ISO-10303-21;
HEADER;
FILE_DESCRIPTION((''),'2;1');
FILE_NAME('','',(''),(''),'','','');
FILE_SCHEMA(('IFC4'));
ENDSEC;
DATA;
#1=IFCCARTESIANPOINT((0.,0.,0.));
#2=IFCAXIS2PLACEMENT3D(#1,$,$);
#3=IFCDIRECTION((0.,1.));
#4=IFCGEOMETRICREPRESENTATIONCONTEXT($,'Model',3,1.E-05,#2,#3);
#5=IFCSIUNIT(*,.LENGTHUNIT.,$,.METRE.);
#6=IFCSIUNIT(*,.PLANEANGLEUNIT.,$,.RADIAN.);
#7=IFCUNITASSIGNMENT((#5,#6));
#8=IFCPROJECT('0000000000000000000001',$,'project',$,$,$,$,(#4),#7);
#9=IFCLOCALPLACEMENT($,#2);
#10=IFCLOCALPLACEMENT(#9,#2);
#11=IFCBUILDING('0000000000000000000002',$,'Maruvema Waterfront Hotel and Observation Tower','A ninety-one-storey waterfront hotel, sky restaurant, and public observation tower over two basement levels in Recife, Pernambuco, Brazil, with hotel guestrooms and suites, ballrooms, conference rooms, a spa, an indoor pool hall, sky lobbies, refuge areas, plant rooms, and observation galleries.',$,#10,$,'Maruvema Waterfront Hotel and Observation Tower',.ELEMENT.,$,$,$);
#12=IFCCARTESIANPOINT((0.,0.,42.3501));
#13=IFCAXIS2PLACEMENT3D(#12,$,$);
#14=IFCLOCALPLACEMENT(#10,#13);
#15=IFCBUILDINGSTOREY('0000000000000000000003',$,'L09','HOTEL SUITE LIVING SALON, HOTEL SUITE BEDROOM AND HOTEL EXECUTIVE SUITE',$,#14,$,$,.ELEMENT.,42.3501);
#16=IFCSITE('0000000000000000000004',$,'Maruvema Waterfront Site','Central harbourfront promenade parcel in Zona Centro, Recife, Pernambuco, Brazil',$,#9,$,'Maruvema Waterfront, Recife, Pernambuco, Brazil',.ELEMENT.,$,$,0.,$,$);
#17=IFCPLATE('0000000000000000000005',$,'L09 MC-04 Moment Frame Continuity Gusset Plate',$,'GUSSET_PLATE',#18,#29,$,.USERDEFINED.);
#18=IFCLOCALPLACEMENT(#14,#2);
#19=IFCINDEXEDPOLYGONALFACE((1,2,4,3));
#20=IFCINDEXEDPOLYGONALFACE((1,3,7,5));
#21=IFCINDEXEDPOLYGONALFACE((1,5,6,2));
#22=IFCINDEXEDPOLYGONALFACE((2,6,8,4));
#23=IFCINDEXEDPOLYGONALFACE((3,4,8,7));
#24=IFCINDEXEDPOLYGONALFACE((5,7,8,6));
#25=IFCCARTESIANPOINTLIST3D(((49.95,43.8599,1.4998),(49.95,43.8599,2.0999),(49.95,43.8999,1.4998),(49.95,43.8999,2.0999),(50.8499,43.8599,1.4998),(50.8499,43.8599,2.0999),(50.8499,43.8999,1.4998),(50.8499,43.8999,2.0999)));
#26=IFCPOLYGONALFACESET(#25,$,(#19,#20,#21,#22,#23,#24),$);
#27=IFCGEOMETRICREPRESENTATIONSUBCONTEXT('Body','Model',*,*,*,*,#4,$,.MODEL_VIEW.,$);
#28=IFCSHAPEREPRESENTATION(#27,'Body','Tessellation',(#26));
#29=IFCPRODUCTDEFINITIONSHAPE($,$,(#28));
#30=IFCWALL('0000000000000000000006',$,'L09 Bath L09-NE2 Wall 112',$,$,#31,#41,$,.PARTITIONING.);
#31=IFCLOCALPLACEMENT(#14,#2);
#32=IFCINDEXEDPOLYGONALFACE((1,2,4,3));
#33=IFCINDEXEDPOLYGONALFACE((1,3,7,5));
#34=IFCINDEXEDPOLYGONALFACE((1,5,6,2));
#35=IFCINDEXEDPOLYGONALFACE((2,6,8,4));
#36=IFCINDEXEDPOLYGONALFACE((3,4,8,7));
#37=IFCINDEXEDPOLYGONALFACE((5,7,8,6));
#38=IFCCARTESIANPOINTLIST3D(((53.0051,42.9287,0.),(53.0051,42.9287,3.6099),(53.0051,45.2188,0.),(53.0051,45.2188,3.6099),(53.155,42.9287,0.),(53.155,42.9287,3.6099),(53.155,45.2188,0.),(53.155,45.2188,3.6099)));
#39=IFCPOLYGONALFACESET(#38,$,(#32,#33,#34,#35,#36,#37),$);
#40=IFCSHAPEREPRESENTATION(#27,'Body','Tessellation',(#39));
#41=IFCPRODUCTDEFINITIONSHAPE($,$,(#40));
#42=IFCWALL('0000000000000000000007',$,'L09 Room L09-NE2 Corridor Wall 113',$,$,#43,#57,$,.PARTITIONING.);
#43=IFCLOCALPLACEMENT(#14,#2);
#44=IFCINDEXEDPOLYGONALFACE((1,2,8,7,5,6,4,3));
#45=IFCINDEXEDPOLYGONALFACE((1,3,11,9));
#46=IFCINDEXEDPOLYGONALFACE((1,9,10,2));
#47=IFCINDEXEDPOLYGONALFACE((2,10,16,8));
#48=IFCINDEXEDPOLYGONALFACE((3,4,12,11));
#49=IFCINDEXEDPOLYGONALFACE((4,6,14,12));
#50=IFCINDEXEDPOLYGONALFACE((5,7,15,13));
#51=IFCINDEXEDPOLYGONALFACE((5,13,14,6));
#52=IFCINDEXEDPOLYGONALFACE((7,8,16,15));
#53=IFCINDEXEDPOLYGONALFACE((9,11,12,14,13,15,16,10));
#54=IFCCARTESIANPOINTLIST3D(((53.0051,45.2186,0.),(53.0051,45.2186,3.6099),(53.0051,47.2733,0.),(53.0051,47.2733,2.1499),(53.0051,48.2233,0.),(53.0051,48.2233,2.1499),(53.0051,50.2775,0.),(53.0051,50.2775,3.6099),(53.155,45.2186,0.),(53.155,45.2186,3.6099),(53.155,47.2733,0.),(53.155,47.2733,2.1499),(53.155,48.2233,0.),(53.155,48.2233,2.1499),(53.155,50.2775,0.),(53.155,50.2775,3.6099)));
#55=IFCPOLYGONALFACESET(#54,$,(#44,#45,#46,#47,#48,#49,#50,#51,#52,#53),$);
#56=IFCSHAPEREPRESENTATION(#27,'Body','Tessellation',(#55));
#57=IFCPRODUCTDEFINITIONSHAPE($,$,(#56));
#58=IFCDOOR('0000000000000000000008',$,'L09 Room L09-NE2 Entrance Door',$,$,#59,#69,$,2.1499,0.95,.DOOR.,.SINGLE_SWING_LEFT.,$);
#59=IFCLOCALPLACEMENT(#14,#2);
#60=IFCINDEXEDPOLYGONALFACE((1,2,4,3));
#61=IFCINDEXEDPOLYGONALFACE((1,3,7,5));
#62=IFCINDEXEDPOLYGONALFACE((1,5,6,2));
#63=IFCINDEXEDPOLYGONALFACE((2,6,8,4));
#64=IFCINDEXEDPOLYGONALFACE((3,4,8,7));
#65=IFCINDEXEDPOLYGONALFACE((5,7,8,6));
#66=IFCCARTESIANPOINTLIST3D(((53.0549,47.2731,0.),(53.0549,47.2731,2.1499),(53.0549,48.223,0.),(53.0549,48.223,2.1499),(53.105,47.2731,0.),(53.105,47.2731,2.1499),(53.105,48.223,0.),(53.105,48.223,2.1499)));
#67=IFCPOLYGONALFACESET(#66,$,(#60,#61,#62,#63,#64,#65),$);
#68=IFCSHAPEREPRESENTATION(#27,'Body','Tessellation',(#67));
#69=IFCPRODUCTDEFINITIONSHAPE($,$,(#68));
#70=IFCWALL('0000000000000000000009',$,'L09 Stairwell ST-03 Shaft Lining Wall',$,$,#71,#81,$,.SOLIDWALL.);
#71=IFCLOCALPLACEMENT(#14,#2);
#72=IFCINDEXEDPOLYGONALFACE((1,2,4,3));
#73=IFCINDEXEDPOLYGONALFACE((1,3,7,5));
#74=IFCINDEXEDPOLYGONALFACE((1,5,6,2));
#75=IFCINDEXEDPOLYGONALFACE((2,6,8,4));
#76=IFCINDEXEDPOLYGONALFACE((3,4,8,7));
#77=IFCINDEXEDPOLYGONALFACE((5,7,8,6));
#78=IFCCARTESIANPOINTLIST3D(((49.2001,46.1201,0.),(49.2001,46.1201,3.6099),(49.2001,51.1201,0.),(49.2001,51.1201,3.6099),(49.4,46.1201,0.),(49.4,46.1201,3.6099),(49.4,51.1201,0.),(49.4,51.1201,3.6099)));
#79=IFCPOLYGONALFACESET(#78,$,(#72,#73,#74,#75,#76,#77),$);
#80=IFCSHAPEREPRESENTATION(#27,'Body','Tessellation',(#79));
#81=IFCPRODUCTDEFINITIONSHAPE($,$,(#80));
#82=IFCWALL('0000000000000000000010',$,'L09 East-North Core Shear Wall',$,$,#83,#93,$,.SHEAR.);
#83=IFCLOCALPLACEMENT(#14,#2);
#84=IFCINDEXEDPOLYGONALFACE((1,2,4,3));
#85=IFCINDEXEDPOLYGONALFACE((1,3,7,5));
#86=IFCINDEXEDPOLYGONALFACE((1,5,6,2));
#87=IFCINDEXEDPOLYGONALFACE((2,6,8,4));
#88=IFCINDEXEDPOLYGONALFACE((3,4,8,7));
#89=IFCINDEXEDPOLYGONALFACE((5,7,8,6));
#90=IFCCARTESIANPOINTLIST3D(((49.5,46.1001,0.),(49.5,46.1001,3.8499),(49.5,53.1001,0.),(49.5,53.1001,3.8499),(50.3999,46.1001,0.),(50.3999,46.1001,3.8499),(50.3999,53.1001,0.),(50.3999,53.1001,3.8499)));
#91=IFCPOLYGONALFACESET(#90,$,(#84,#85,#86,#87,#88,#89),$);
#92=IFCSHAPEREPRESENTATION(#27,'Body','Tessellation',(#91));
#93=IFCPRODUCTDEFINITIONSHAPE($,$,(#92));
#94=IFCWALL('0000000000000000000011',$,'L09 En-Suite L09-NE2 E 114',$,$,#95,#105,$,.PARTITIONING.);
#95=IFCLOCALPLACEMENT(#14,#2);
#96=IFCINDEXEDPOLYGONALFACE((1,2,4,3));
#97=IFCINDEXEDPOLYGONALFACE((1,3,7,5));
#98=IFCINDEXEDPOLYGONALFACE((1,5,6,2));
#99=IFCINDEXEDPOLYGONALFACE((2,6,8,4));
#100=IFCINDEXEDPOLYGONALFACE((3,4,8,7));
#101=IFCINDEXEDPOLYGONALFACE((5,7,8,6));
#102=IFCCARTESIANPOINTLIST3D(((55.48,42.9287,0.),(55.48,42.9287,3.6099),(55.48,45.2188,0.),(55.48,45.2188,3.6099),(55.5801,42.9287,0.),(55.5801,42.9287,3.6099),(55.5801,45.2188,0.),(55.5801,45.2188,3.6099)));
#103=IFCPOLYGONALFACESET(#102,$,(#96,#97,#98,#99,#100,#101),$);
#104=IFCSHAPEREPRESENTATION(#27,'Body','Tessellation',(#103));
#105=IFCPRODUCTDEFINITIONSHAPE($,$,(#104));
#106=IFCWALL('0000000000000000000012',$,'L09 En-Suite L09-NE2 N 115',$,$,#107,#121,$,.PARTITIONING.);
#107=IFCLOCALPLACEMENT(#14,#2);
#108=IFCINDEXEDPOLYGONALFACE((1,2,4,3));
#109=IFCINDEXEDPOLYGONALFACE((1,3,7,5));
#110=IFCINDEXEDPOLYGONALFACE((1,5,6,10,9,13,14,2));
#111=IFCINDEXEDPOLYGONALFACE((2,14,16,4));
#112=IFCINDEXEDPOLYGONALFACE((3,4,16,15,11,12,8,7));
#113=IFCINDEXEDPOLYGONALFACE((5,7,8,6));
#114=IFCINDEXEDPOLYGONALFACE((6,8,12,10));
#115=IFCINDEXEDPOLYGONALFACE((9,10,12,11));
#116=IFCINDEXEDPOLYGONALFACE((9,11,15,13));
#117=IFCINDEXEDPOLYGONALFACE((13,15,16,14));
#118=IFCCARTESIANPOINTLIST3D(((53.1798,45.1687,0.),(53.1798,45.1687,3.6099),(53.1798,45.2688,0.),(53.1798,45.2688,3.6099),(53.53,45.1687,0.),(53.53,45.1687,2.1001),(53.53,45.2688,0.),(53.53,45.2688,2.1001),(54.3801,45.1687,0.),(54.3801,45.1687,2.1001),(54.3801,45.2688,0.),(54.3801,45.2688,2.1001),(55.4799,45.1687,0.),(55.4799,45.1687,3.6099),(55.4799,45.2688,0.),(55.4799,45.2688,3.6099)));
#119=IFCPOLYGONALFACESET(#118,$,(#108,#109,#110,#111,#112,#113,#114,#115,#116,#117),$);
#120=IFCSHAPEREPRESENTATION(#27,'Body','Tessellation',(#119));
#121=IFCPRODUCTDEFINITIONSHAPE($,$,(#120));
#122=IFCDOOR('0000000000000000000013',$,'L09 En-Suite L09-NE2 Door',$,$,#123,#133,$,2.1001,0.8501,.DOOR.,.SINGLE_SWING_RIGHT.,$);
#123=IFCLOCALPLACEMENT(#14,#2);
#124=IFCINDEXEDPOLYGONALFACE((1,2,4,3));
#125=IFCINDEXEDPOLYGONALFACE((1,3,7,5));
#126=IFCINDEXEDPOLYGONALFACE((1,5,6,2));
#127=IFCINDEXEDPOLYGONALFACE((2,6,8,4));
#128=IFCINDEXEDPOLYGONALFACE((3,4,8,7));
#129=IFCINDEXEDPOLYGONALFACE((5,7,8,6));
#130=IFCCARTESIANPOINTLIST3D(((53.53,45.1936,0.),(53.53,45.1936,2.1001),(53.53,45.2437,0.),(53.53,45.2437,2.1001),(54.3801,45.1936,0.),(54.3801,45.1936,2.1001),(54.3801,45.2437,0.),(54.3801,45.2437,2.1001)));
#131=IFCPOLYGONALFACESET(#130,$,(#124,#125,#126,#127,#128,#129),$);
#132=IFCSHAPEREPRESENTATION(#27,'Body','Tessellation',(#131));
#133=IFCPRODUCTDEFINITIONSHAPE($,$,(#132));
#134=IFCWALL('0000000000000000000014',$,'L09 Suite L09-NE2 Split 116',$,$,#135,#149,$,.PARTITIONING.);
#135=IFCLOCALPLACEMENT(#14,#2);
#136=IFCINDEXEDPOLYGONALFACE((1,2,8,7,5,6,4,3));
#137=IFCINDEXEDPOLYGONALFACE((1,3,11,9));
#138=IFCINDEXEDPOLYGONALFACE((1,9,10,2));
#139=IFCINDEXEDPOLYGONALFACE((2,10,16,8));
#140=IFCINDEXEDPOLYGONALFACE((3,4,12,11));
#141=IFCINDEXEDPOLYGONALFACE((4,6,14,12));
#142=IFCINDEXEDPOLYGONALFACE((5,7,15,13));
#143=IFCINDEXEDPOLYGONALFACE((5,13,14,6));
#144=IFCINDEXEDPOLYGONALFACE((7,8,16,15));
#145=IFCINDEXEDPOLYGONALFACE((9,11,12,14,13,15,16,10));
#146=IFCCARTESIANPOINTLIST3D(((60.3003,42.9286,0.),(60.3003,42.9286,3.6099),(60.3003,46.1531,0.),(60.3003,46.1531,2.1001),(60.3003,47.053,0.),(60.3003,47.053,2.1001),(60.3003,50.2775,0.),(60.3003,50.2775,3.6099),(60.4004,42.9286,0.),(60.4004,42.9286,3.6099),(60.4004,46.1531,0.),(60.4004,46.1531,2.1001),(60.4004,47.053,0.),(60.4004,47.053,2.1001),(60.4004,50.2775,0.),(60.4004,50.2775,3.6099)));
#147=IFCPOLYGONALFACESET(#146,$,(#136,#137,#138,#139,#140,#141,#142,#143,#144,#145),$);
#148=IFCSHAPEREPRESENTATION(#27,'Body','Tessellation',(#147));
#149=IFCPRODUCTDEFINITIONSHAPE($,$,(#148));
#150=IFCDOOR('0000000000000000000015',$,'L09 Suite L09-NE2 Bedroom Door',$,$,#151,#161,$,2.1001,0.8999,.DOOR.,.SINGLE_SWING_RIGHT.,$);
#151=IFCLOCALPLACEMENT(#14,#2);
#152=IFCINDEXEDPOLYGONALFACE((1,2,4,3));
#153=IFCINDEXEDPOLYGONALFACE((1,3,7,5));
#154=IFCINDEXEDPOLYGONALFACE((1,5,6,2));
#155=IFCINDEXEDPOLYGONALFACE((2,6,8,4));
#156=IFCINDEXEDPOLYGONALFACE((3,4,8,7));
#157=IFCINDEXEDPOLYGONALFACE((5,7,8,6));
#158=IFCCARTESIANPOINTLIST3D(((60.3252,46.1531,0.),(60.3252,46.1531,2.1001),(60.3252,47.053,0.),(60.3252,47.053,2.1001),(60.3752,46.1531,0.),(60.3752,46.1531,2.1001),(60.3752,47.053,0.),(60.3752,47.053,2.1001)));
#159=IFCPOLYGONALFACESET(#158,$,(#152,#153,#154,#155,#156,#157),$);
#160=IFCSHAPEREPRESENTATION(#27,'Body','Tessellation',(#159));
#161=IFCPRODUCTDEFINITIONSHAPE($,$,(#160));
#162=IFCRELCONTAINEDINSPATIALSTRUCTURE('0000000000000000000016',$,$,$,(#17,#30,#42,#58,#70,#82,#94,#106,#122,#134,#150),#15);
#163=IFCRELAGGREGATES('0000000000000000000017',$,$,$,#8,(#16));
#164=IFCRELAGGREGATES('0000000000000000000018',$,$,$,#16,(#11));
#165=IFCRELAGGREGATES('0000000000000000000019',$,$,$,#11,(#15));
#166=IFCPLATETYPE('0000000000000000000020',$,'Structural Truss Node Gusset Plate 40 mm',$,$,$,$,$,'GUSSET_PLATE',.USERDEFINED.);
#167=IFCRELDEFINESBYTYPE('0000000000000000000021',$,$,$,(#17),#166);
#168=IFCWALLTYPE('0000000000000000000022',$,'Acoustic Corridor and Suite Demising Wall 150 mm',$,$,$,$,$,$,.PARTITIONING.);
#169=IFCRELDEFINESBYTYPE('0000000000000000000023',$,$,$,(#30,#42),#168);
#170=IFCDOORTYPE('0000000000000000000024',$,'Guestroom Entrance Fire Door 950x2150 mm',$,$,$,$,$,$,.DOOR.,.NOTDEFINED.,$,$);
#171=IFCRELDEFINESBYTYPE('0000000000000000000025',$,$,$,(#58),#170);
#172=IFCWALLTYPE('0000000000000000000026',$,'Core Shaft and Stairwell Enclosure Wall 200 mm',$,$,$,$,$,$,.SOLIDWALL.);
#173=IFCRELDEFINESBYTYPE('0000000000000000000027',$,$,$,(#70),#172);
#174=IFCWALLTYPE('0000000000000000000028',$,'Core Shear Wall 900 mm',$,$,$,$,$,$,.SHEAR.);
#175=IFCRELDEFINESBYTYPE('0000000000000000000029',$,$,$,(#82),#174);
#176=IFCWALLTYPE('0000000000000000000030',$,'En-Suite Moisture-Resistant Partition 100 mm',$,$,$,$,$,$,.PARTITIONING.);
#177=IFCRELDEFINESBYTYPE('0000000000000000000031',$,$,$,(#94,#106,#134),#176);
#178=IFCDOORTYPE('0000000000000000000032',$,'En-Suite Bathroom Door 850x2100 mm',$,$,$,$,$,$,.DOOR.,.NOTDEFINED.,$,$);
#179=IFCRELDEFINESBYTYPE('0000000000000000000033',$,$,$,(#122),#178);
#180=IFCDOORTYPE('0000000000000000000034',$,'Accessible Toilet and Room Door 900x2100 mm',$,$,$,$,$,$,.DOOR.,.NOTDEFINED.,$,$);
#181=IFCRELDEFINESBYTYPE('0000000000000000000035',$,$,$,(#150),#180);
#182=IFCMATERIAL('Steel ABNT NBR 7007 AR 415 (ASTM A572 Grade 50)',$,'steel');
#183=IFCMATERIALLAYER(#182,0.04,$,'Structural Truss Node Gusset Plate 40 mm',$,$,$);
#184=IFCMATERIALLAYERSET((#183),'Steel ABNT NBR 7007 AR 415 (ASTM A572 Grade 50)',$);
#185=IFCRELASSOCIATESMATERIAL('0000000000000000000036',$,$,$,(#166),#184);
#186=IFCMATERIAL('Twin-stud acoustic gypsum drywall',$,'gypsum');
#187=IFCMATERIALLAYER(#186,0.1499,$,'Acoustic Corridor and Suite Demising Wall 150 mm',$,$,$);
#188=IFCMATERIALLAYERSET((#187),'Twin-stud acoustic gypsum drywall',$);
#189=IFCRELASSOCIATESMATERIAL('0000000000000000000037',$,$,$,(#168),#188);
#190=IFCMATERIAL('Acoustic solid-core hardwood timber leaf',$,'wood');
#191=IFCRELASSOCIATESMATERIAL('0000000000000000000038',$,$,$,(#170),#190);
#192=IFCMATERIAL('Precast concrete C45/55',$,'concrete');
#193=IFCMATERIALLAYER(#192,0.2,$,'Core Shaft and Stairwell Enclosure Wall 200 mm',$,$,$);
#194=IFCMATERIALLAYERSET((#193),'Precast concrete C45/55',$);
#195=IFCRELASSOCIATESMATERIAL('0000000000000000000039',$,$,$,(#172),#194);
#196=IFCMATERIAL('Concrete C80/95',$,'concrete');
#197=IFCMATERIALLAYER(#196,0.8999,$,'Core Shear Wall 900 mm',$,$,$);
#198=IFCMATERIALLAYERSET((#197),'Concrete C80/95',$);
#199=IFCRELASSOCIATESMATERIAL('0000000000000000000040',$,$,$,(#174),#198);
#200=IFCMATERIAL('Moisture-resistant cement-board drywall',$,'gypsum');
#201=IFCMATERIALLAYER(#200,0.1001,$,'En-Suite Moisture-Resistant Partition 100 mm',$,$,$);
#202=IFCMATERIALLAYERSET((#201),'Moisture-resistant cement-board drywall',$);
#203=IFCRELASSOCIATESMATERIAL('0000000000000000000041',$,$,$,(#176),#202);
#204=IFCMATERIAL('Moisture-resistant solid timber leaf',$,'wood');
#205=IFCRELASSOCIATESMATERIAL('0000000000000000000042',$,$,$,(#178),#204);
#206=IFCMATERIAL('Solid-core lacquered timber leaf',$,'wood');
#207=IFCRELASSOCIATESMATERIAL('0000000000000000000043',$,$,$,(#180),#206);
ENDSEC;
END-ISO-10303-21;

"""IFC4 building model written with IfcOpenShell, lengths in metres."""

from ifc_helpers import new_model, si_unit, direction, frame, frame_2d, origin, origin_2d, place, context, subcontext, project, spatial, rectangle, extrude, material, layer, layer_set, type_object, element, fill, save


model = new_model("IFC4")

# Units and contexts
model_context = context("Model", 3, precision=1e-05, world=origin(), true_north=direction((0.0, 1.0)))
body_context = subcontext(model_context, "Body", "Model", "MODEL_VIEW")
ifc_project = project(units=[si_unit("LENGTHUNIT", "METRE"), si_unit("PLANEANGLEUNIT", "RADIAN")], contexts=[model_context])

# Site, building, storey
site_placement = place(None, origin())
site = spatial("IfcSite", under=ifc_project, at=site_placement, Name="Maruvema Waterfront Site", Description="Central harbourfront promenade parcel in Zona Centro, Recife, Pernambuco, Brazil", LongName="Maruvema Waterfront, Recife, Pernambuco, Brazil", CompositionType="ELEMENT", RefElevation=0.0)
building_placement = place(site_placement, origin())
building = spatial("IfcBuilding", under=site, at=building_placement, Name="Maruvema Waterfront Hotel and Observation Tower", Description="A ninety-one-storey waterfront hotel, sky restaurant, and public observation tower over two basement levels in Recife, Pernambuco, Brazil, with hotel guestrooms and suites, ballrooms, conference rooms, a spa, an indoor pool hall, sky lobbies, refuge areas, plant rooms, and observation galleries.", LongName="Maruvema Waterfront Hotel and Observation Tower", CompositionType="ELEMENT")
storey_placement = place(building_placement, frame((0.0, 0.0, 42.3501)))
storey = spatial("IfcBuildingStorey", under=building, at=storey_placement, Name="L09", Description="HOTEL SUITE LIVING SALON, HOTEL SUITE BEDROOM AND HOTEL EXECUTIVE SUITE", CompositionType="ELEMENT", Elevation=42.3501)

# Plate
ifc_material_1 = material(Name="Steel ABNT NBR 7007 AR 415 (ASTM A572 Grade 50)", Category="steel")
ifc_layer_1 = layer(ifc_material_1, 0.04, Name="Structural Truss Node Gusset Plate 40 mm")
ifc_layer_set_1 = layer_set([ifc_layer_1], Name="Steel ABNT NBR 7007 AR 415 (ASTM A572 Grade 50)")
plate_type_1 = type_object("IfcPlateType", Name="Structural Truss Node Gusset Plate 40 mm", ElementType="GUSSET_PLATE", PredefinedType="USERDEFINED", material=ifc_layer_set_1)
plate_1_placement = place(storey_placement, frame((50.3999, 43.8799, 1.4998), z_axis=(0.0, 0.0, 1.0), x_axis=(1.0, 0.0, 0.0)))
element("IfcPlate", 1, at=plate_1_placement, inside=storey, type_object=plate_type_1, Name="L09 MC-04 Moment Frame Continuity Gusset Plate", ObjectType="GUSSET_PLATE", PredefinedType="USERDEFINED", context=body_context, shape_type="SweptSolid", body=[
    extrude(rectangle(XDim=0.8999, YDim=0.04, at=origin_2d()), origin(), (0.0, 0.0, 1.0), 0.6001),
])

# Wall
ifc_material_2 = material(Name="Twin-stud acoustic gypsum drywall", Category="gypsum")
ifc_layer_2 = layer(ifc_material_2, 0.1499, Name="Acoustic Corridor and Suite Demising Wall 150 mm")
ifc_layer_set_2 = layer_set([ifc_layer_2], Name="Twin-stud acoustic gypsum drywall")
wall_type_1 = type_object("IfcWallType", Name="Acoustic Corridor and Suite Demising Wall 150 mm", PredefinedType="PARTITIONING", material=ifc_layer_set_2)
wall_1_placement = place(storey_placement, frame((53.0801, 42.9287, 0.0), z_axis=(0.0, 0.0, 1.0), x_axis=(0.0, 1.0, 0.0)))
element("IfcWall", 2, at=wall_1_placement, inside=storey, type_object=wall_type_1, Name="L09 Bath L09-NE2 Wall 112", PredefinedType="PARTITIONING", context=body_context, shape_type="SweptSolid", body=[
    extrude(rectangle(XDim=2.29, YDim=0.1499, at=frame_2d((1.145, 0.0))), origin(), (0.0, 0.0, 1.0), 3.6099),
])

# Wall, opening, door
wall_2_placement = place(storey_placement, frame((53.0801, 45.2188, 0.0), z_axis=(0.0, 0.0, 1.0), x_axis=(0.0, 1.0, 0.0)))
wall_2 = element("IfcWall", 3, at=wall_2_placement, inside=storey, type_object=wall_type_1, Name="L09 Room L09-NE2 Corridor Wall 113", PredefinedType="PARTITIONING", context=body_context, shape_type="SweptSolid", body=[
    extrude(rectangle(XDim=5.0588, YDim=0.1499, at=frame_2d((2.5293, 0.0))), origin(), (0.0, 0.0, 1.0), 3.6099),
])
opening_1_placement = place(wall_2_placement, frame((2.0544, 0.0, 0.0)))
opening_1 = element("IfcOpeningElement", 4, at=opening_1_placement, cuts=wall_2, PredefinedType="OPENING", context=body_context, shape_type="SweptSolid", body=[
    extrude(rectangle(XDim=0.95, YDim=2.1499, at=frame_2d((0.4751, 1.075))), frame((0.0, 0.085, 0.0), z_axis=(0.0, -1.0, 0.0), x_axis=(1.0, 0.0, 0.0)), (0.0, 0.0, 1.0), 0.1699),
])
ifc_material_3 = material(Name="Acoustic solid-core hardwood timber leaf", Category="wood")
door_type_1 = type_object("IfcDoorType", Name="Guestroom Entrance Fire Door 950x2150 mm", OperationType="NOTDEFINED", PredefinedType="DOOR", material=ifc_material_3)
door_1_placement = place(opening_1_placement, frame((0.95, 0.0, 0.0), z_axis=(0.0, 0.0, 1.0), x_axis=(-1.0, 0.0, 0.0)))
door_1 = element("IfcDoor", 5, at=door_1_placement, inside=storey, type_object=door_type_1, Name="L09 Room L09-NE2 Entrance Door", OperationType="SINGLE_SWING_LEFT", OverallHeight=2.1499, OverallWidth=0.95, PredefinedType="DOOR", context=body_context, shape_type="SweptSolid", body=[
    extrude(rectangle(XDim=0.95, YDim=2.1499, at=frame_2d((0.4751, 1.075))), frame((0.0, 0.0249, 0.0), z_axis=(0.0, -1.0, 0.0), x_axis=(1.0, 0.0, 0.0)), (0.0, 0.0, 1.0), 0.05),
])
fill(opening_1, door_1)

# Walls
ifc_material_4 = material(Name="Precast concrete C45/55", Category="concrete")
ifc_layer_3 = layer(ifc_material_4, 0.2, Name="Core Shaft and Stairwell Enclosure Wall 200 mm")
ifc_layer_set_3 = layer_set([ifc_layer_3], Name="Precast concrete C45/55")
wall_type_2 = type_object("IfcWallType", Name="Core Shaft and Stairwell Enclosure Wall 200 mm", PredefinedType="SOLIDWALL", material=ifc_layer_set_3)
wall_3_placement = place(storey_placement, frame((49.3, 46.1201, 0.0), z_axis=(0.0, 0.0, 1.0), x_axis=(0.0, 1.0, 0.0)))
element("IfcWall", 6, at=wall_3_placement, inside=storey, type_object=wall_type_2, Name="L09 Stairwell ST-03 Shaft Lining Wall", PredefinedType="SOLIDWALL", context=body_context, shape_type="SweptSolid", body=[
    extrude(rectangle(XDim=5.0, YDim=0.2, at=frame_2d((2.5, 0.0))), origin(), (0.0, 0.0, 1.0), 3.6099),
])
ifc_material_5 = material(Name="Concrete C80/95", Category="concrete")
ifc_layer_4 = layer(ifc_material_5, 0.8999, Name="Core Shear Wall 900 mm")
ifc_layer_set_4 = layer_set([ifc_layer_4], Name="Concrete C80/95")
wall_type_3 = type_object("IfcWallType", Name="Core Shear Wall 900 mm", PredefinedType="SHEAR", material=ifc_layer_set_4)
wall_4_placement = place(storey_placement, frame((49.95, 46.1001, 0.0), z_axis=(0.0, 0.0, 1.0), x_axis=(0.0, 1.0, 0.0)))
element("IfcWall", 7, at=wall_4_placement, inside=storey, type_object=wall_type_3, Name="L09 East-North Core Shear Wall", PredefinedType="SHEAR", context=body_context, shape_type="SweptSolid", body=[
    extrude(rectangle(XDim=7.0, YDim=0.8999, at=frame_2d((3.5, 0.0))), origin(), (0.0, 0.0, 1.0), 3.8499),
])
ifc_material_6 = material(Name="Moisture-resistant cement-board drywall", Category="gypsum")
ifc_layer_5 = layer(ifc_material_6, 0.1001, Name="En-Suite Moisture-Resistant Partition 100 mm")
ifc_layer_set_5 = layer_set([ifc_layer_5], Name="Moisture-resistant cement-board drywall")
wall_type_4 = type_object("IfcWallType", Name="En-Suite Moisture-Resistant Partition 100 mm", PredefinedType="PARTITIONING", material=ifc_layer_set_5)
wall_5_placement = place(storey_placement, frame((55.53, 42.9287, 0.0), z_axis=(0.0, 0.0, 1.0), x_axis=(0.0, 1.0, 0.0)))
element("IfcWall", 8, at=wall_5_placement, inside=storey, type_object=wall_type_4, Name="L09 En-Suite L09-NE2 E 114", PredefinedType="PARTITIONING", context=body_context, shape_type="SweptSolid", body=[
    extrude(rectangle(XDim=2.29, YDim=0.1001, at=frame_2d((1.145, 0.0))), origin(), (0.0, 0.0, 1.0), 3.6099),
])

# Walls, openings, doors
wall_6_placement = place(storey_placement, frame((53.1799, 45.2188, 0.0), z_axis=(0.0, 0.0, 1.0), x_axis=(1.0, 0.0, 0.0)))
wall_6 = element("IfcWall", 9, at=wall_6_placement, inside=storey, type_object=wall_type_4, Name="L09 En-Suite L09-NE2 N 115", PredefinedType="PARTITIONING", context=body_context, shape_type="SweptSolid", body=[
    extrude(rectangle(XDim=2.3, YDim=0.1001, at=frame_2d((1.1499, 0.0))), origin(), (0.0, 0.0, 1.0), 3.6099),
])
opening_2_placement = place(wall_6_placement, frame((0.3501, 0.0, 0.0)))
opening_2 = element("IfcOpeningElement", 10, at=opening_2_placement, cuts=wall_6, PredefinedType="OPENING", context=body_context, shape_type="SweptSolid", body=[
    extrude(rectangle(XDim=0.8501, YDim=2.1001, at=frame_2d((0.425, 1.05))), frame((0.0, 0.0601, 0.0), z_axis=(0.0, -1.0, 0.0), x_axis=(1.0, 0.0, 0.0)), (0.0, 0.0, 1.0), 0.1201),
])
ifc_material_7 = material(Name="Moisture-resistant solid timber leaf", Category="wood")
door_type_2 = type_object("IfcDoorType", Name="En-Suite Bathroom Door 850x2100 mm", OperationType="NOTDEFINED", PredefinedType="DOOR", material=ifc_material_7)
door_2_placement = place(opening_2_placement, origin())
door_2 = element("IfcDoor", 11, at=door_2_placement, inside=storey, type_object=door_type_2, Name="L09 En-Suite L09-NE2 Door", OperationType="SINGLE_SWING_RIGHT", OverallHeight=2.1001, OverallWidth=0.8501, PredefinedType="DOOR", context=body_context, shape_type="SweptSolid", body=[
    extrude(rectangle(XDim=0.8501, YDim=2.1001, at=frame_2d((0.425, 1.05))), frame((0.0, 0.0249, 0.0), z_axis=(0.0, -1.0, 0.0), x_axis=(1.0, 0.0, 0.0)), (0.0, 0.0, 1.0), 0.05),
])
fill(opening_2, door_2)
wall_7_placement = place(storey_placement, frame((60.3503, 42.9287, 0.0), z_axis=(0.0, 0.0, 1.0), x_axis=(0.0, 1.0, 0.0)))
wall_7 = element("IfcWall", 12, at=wall_7_placement, inside=storey, type_object=wall_type_4, Name="L09 Suite L09-NE2 Split 116", PredefinedType="PARTITIONING", context=body_context, shape_type="SweptSolid", body=[
    extrude(rectangle(XDim=7.3489, YDim=0.1001, at=frame_2d((3.6743, 0.0))), origin(), (0.0, 0.0, 1.0), 3.6099),
])
opening_3_placement = place(wall_7_placement, frame((3.2244, 0.0, 0.0)))
opening_3 = element("IfcOpeningElement", 13, at=opening_3_placement, cuts=wall_7, PredefinedType="OPENING", context=body_context, shape_type="SweptSolid", body=[
    extrude(rectangle(XDim=0.8999, YDim=2.1001, at=frame_2d((0.45, 1.05))), frame((0.0, 0.0601, 0.0), z_axis=(0.0, -1.0, 0.0), x_axis=(1.0, 0.0, 0.0)), (0.0, 0.0, 1.0), 0.1201),
])
ifc_material_8 = material(Name="Solid-core lacquered timber leaf", Category="wood")
door_type_3 = type_object("IfcDoorType", Name="Accessible Toilet and Room Door 900x2100 mm", OperationType="NOTDEFINED", PredefinedType="DOOR", material=ifc_material_8)
door_3_placement = place(opening_3_placement, frame((0.8999, 0.0, 0.0), z_axis=(0.0, 0.0, 1.0), x_axis=(-1.0, 0.0, 0.0)))
door_3 = element("IfcDoor", 14, at=door_3_placement, inside=storey, type_object=door_type_3, Name="L09 Suite L09-NE2 Bedroom Door", OperationType="SINGLE_SWING_RIGHT", OverallHeight=2.1001, OverallWidth=0.8999, PredefinedType="DOOR", context=body_context, shape_type="SweptSolid", body=[
    extrude(rectangle(XDim=0.8999, YDim=2.1001, at=frame_2d((0.45, 1.05))), frame((0.0, 0.0249, 0.0), z_axis=(0.0, -1.0, 0.0), x_axis=(1.0, 0.0, 0.0)), (0.0, 0.0, 1.0), 0.05),
])
fill(opening_3, door_3)

save(model, "model.ifc")
